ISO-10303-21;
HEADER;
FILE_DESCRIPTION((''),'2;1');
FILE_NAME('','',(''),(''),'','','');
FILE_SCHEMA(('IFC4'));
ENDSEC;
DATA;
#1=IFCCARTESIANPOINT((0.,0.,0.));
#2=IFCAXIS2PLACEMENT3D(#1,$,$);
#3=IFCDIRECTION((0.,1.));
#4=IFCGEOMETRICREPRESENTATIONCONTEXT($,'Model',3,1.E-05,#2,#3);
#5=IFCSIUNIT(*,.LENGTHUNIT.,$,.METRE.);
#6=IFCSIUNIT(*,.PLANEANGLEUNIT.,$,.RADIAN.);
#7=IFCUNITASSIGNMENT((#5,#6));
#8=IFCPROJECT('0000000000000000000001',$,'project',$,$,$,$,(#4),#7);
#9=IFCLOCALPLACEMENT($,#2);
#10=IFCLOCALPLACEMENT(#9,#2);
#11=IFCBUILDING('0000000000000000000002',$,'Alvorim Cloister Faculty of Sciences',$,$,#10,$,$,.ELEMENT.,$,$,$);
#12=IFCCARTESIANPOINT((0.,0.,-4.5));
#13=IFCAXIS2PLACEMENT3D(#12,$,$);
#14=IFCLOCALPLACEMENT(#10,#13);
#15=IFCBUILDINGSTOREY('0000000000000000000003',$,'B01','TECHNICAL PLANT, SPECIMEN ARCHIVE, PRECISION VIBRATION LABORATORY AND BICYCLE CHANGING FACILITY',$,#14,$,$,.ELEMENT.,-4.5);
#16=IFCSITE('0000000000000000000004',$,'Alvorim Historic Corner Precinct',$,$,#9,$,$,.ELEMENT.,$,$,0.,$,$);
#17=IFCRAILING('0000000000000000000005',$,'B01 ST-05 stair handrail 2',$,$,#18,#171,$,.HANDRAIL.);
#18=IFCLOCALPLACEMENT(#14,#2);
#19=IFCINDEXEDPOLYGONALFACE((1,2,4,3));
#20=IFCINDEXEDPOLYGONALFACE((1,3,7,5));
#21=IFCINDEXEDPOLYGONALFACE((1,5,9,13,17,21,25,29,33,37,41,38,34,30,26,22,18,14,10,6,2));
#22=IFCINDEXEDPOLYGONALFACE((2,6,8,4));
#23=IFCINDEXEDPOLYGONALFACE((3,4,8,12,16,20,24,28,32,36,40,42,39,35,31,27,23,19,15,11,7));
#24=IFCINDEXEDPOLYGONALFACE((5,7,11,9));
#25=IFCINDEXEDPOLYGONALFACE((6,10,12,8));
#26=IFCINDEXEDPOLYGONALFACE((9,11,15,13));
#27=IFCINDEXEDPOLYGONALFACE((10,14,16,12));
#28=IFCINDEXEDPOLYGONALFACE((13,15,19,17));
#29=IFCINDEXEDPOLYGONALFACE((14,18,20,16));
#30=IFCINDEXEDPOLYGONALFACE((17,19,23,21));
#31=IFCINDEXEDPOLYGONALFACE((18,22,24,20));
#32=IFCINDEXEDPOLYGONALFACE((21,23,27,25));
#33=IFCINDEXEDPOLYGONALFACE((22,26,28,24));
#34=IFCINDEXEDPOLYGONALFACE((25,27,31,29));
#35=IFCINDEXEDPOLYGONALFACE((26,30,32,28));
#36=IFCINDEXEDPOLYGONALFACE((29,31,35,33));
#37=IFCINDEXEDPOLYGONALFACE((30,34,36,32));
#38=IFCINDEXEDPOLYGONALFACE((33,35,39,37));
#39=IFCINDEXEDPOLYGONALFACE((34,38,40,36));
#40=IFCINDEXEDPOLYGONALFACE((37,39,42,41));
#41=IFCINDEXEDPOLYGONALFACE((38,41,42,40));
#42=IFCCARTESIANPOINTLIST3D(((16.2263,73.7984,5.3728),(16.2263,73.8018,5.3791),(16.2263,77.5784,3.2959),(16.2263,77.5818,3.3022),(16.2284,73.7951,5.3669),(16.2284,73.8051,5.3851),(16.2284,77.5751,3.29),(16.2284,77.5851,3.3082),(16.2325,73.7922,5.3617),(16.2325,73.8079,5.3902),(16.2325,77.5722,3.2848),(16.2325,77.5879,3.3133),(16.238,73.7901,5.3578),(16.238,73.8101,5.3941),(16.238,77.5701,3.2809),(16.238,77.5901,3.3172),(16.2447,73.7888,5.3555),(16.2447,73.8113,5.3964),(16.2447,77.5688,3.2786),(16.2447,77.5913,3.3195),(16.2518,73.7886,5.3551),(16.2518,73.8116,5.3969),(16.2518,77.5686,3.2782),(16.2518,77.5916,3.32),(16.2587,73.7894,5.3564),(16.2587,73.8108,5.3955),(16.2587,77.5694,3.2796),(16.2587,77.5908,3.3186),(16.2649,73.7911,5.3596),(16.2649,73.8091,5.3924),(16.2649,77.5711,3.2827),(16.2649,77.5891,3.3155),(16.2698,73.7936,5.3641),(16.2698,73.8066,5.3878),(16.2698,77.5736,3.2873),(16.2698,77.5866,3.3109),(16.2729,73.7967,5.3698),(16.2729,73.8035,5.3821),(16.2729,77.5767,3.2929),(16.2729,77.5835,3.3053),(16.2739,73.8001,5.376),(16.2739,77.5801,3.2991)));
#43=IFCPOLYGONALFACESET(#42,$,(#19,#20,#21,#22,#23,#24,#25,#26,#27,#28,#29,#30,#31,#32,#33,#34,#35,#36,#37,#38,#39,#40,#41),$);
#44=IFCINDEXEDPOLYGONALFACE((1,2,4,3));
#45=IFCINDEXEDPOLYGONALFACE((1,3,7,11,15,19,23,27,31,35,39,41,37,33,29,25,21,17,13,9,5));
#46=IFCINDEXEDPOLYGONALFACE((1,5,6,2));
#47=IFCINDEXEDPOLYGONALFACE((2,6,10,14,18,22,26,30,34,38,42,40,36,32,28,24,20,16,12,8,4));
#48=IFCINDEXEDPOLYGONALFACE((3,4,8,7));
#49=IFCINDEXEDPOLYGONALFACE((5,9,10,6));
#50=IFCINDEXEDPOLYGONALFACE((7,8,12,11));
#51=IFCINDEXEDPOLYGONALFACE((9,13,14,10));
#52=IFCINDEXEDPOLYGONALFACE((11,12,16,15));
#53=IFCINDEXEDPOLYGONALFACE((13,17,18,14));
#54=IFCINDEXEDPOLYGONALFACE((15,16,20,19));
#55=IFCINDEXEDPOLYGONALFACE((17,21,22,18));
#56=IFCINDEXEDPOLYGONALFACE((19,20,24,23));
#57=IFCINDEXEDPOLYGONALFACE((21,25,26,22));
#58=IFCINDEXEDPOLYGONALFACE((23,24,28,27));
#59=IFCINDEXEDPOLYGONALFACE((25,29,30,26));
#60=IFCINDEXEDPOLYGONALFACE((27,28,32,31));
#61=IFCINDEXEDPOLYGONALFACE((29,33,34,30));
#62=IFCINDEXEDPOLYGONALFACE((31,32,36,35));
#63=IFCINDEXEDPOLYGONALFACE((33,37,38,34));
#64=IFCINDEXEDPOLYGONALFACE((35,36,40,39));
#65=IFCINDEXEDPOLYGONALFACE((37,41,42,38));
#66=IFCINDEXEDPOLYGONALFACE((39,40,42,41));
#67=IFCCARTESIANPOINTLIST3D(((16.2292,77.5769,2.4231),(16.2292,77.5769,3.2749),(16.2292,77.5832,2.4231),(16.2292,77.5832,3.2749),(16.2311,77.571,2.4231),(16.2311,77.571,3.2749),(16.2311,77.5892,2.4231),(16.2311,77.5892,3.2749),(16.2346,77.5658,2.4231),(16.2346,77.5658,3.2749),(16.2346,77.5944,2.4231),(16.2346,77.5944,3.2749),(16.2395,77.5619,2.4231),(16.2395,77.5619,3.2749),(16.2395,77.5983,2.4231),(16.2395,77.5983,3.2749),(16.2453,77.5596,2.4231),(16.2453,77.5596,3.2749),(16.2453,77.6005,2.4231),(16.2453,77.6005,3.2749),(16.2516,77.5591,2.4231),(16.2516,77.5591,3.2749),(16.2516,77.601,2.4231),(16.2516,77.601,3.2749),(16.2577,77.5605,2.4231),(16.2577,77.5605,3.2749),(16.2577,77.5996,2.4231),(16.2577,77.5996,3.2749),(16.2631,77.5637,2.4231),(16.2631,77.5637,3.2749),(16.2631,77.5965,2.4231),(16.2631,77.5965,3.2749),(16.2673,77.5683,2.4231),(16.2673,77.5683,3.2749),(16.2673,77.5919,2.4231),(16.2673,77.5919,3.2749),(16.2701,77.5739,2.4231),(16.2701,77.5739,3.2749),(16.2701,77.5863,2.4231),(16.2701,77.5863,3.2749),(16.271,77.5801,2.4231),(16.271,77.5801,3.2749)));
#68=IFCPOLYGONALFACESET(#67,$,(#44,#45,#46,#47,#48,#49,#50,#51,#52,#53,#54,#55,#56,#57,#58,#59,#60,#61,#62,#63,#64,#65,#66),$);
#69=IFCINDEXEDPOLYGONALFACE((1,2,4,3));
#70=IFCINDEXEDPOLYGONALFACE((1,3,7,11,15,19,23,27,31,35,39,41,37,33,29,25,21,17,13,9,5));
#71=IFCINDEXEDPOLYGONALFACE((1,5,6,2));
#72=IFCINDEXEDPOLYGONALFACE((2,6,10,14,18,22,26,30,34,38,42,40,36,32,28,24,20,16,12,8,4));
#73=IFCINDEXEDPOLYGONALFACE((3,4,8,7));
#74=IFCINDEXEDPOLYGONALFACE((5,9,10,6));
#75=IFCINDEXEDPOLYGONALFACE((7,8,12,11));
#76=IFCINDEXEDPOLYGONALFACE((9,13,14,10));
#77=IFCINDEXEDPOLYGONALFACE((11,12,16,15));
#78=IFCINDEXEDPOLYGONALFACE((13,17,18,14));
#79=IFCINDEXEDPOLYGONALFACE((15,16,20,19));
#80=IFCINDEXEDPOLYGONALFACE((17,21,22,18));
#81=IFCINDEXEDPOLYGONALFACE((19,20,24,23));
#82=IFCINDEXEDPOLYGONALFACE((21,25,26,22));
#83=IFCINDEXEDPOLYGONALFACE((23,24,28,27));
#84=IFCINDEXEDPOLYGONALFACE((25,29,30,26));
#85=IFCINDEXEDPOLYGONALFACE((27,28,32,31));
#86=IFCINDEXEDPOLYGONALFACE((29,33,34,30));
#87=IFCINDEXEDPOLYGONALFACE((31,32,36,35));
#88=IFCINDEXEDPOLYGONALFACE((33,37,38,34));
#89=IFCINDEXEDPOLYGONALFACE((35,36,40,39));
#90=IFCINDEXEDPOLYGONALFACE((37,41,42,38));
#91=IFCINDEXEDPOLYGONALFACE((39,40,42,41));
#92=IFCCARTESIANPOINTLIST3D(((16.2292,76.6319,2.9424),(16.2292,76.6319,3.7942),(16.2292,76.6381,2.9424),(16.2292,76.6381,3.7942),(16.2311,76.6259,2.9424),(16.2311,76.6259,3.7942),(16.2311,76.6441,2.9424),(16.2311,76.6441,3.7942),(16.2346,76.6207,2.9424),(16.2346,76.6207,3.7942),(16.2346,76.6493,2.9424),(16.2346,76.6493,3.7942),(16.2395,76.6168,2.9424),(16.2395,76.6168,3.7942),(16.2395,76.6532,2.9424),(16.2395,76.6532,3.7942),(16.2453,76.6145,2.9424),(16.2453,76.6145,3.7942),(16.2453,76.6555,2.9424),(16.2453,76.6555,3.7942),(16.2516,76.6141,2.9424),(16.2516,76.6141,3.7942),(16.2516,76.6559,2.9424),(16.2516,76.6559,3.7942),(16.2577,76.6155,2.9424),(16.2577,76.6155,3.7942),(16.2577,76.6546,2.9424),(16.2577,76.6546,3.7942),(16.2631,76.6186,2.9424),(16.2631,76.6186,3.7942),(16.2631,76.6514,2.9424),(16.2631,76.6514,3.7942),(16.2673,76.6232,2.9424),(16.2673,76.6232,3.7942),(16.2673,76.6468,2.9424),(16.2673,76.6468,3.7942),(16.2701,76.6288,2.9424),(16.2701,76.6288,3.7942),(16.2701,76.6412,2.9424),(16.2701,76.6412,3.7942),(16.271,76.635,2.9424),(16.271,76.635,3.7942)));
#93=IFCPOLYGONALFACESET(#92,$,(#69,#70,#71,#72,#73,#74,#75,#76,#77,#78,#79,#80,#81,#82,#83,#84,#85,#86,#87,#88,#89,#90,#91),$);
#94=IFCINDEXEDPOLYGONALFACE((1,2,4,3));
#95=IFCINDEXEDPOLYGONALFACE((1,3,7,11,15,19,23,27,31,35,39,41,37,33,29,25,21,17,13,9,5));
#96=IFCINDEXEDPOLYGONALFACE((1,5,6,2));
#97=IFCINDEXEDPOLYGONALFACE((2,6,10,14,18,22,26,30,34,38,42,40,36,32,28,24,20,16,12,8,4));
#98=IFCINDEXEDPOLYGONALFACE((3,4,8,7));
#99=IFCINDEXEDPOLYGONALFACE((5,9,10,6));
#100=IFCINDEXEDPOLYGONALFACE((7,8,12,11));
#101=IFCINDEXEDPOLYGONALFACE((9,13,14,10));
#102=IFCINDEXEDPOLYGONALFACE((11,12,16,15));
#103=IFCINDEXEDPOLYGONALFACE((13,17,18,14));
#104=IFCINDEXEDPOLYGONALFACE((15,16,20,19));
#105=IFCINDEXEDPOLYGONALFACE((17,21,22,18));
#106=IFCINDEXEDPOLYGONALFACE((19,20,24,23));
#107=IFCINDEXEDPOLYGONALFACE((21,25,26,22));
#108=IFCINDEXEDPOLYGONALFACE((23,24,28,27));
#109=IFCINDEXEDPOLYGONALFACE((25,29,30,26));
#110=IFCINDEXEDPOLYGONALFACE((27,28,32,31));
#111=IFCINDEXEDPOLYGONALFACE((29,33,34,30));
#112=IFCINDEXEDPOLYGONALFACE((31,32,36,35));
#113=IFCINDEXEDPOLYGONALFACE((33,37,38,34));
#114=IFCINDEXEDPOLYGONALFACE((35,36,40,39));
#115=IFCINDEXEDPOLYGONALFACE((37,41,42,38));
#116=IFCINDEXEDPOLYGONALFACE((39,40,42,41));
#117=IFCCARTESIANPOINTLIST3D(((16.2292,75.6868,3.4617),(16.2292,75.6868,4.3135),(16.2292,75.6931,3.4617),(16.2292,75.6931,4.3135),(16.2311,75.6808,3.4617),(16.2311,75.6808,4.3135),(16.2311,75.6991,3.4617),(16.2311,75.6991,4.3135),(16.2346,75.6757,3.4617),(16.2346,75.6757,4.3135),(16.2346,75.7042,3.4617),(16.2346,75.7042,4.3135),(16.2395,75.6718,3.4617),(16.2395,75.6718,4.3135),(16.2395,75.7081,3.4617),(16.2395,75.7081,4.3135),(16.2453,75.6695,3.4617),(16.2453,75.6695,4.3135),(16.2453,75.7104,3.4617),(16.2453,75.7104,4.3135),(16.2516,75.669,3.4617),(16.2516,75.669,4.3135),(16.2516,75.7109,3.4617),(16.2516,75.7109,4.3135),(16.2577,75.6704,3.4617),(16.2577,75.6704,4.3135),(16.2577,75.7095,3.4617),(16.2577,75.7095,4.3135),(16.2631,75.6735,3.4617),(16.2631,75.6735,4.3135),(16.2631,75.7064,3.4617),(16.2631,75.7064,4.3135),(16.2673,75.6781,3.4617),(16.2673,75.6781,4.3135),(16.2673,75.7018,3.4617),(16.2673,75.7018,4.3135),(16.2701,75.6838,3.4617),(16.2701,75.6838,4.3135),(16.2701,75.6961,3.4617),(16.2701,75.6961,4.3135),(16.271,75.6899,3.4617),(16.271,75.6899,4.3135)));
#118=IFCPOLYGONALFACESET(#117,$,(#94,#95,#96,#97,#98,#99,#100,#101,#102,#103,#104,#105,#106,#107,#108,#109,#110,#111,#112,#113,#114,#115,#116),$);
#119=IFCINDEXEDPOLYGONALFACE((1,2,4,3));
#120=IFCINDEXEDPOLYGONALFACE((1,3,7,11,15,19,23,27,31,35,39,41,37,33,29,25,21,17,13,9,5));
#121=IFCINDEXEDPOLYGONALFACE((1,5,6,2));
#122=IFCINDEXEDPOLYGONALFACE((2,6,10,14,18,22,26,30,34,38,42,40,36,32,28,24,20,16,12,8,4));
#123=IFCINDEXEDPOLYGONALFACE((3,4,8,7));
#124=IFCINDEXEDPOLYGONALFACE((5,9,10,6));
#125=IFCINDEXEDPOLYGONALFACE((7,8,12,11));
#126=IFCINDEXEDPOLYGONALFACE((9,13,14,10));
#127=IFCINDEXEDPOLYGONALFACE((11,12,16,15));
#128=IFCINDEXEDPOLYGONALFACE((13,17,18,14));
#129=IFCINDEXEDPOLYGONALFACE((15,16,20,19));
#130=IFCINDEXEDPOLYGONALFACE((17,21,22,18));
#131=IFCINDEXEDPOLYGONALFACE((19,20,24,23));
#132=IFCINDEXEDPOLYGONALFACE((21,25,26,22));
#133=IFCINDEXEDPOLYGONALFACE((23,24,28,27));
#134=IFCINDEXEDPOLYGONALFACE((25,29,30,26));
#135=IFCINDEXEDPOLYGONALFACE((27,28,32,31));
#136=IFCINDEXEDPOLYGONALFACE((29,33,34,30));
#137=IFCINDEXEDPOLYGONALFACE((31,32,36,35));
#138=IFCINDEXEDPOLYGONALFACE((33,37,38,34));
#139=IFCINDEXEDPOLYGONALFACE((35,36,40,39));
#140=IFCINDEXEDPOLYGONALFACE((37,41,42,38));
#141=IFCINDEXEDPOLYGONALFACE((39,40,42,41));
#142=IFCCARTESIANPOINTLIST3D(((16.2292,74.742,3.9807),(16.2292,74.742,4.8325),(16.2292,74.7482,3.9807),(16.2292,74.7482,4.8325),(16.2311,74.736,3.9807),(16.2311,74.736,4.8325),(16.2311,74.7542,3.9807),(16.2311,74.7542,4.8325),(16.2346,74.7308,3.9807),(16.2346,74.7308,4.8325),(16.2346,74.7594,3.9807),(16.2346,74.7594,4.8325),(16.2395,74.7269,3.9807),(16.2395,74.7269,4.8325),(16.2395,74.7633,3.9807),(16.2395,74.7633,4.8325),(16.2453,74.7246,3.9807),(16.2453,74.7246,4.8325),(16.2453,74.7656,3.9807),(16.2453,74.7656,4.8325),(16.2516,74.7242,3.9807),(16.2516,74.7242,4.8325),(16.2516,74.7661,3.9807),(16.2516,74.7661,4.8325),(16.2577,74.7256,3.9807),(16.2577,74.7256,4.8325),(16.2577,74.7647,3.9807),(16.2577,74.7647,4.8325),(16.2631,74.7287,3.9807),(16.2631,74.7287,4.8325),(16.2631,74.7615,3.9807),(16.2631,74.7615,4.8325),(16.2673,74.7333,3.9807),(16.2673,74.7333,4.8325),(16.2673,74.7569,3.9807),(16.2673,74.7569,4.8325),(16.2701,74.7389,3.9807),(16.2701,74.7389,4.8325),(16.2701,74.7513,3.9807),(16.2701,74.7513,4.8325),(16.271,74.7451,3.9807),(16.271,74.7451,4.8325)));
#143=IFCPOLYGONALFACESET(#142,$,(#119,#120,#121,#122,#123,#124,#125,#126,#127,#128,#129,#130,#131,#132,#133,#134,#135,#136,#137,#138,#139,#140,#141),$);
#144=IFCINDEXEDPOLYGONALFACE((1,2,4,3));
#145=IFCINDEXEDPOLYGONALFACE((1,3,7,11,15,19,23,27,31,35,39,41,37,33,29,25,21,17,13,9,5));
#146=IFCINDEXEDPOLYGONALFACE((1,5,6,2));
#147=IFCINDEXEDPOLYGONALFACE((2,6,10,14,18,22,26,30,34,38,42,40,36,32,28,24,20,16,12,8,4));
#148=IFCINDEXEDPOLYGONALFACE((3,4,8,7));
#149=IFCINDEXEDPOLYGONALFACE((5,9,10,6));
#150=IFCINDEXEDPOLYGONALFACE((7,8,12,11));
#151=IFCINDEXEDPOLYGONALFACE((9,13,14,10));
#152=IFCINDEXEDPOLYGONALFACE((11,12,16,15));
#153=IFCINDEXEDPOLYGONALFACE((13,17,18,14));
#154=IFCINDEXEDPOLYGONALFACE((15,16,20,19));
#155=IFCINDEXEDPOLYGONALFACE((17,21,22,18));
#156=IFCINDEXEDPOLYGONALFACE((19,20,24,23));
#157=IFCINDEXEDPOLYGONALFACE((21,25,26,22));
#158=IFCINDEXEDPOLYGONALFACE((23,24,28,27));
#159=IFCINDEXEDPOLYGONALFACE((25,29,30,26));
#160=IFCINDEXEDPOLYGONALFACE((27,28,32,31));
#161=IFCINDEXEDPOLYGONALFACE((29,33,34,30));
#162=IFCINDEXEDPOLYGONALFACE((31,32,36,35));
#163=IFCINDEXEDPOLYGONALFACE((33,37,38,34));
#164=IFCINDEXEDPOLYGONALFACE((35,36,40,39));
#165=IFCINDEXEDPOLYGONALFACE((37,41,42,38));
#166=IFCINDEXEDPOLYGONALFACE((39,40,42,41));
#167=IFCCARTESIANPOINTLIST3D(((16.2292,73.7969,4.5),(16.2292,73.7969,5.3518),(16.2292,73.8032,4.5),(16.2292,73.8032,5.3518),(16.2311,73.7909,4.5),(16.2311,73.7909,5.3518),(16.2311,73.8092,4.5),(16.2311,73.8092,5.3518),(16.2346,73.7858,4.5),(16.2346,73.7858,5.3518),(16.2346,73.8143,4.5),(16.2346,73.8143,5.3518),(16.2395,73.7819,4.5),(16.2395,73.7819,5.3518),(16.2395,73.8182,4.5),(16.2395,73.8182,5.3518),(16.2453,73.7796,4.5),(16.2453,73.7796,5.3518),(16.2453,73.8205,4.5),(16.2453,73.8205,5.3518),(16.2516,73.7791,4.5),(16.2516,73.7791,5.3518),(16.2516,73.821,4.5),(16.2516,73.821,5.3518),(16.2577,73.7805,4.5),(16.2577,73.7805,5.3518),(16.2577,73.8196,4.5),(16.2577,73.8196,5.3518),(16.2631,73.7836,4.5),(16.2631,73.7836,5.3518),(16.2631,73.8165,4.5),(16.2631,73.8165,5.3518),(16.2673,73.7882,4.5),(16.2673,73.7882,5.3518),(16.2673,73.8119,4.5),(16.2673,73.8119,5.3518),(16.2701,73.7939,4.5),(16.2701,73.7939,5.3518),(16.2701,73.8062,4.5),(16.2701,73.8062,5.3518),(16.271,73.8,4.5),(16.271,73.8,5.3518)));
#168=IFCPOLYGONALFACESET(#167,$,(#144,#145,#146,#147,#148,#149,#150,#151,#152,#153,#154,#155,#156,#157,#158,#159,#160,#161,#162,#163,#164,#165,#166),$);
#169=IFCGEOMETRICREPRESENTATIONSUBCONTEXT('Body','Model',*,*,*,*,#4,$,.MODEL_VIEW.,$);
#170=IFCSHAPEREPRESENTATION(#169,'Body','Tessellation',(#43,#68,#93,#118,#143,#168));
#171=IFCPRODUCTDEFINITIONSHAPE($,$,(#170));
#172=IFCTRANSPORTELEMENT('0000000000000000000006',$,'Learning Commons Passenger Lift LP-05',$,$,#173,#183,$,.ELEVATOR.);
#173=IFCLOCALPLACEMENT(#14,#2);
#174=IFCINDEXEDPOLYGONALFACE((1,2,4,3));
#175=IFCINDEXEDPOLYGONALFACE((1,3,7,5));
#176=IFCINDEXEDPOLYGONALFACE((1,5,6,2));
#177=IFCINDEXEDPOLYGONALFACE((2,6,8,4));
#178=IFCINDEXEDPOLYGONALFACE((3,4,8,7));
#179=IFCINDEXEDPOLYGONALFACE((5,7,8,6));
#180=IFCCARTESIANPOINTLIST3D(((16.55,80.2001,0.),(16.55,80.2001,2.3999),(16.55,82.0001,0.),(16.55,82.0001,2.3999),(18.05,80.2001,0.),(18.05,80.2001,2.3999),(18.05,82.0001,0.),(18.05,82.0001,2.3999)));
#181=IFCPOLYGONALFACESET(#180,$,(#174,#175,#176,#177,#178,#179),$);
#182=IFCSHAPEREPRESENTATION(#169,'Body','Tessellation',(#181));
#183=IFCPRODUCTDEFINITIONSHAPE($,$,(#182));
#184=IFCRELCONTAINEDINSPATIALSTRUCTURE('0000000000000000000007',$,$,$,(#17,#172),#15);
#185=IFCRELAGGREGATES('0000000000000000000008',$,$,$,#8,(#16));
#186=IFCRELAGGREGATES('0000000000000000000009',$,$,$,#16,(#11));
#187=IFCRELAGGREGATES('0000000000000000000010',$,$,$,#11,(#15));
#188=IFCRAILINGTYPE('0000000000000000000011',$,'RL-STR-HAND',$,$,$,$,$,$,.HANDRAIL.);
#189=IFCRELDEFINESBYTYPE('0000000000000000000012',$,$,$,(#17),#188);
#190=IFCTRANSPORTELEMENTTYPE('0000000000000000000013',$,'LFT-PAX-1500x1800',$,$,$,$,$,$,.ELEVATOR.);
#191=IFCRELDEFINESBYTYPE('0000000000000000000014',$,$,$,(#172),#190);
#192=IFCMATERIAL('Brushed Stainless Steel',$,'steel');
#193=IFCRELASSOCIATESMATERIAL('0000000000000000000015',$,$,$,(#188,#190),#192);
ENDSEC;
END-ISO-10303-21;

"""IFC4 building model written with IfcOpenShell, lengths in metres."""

from ifc_helpers import new_model, si_unit, direction, frame, origin, origin_2d, place, context, subcontext, project, spatial, rectangle, circle, extrude, material, type_object, element, save


model = new_model("IFC4")

# Units and contexts
model_context = context("Model", 3, precision=1e-05, world=origin(), true_north=direction((0.0, 1.0)))
body_context = subcontext(model_context, "Body", "Model", "MODEL_VIEW")
ifc_project = project(units=[si_unit("LENGTHUNIT", "METRE"), si_unit("PLANEANGLEUNIT", "RADIAN")], contexts=[model_context])

# Site, building, storey
site_placement = place(None, origin())
site = spatial("IfcSite", under=ifc_project, at=site_placement, Name="Alvorim Historic Corner Precinct", CompositionType="ELEMENT", RefElevation=0.0)
building_placement = place(site_placement, origin())
building = spatial("IfcBuilding", under=site, at=building_placement, Name="Alvorim Cloister Faculty of Sciences", CompositionType="ELEMENT")
storey_placement = place(building_placement, frame((0.0, 0.0, -4.5)))
storey = spatial("IfcBuildingStorey", under=building, at=storey_placement, Name="B01", Description="TECHNICAL PLANT, SPECIMEN ARCHIVE, PRECISION VIBRATION LABORATORY AND BICYCLE CHANGING FACILITY", CompositionType="ELEMENT", Elevation=-4.5)

# Shared definitions
ifc_material_1 = material(Name="Brushed Stainless Steel", Category="steel")

# Railing
railing_type_1 = type_object("IfcRailingType", Name="RL-STR-HAND", PredefinedType="HANDRAIL", material=ifc_material_1)
railing_1_placement = place(storey_placement, frame((16.25, 77.5801, 2.4231)))
element("IfcRailing", 1, at=railing_1_placement, inside=storey, type_object=railing_type_1, Name="B01 ST-05 stair handrail 2", PredefinedType="HANDRAIL", context=body_context, shape_type="SweptSolid", body=[
    extrude(circle(Radius=0.0239, at=origin_2d()), frame((0.0, 0.0, 0.876), z_axis=(0.0, -0.876423, 0.481543), x_axis=(1.0, 0.0, 0.0)), (0.0, 0.0, 1.0), 4.313),
    extrude(circle(Radius=0.021, at=origin_2d()), origin(), (0.0, 0.0, 1.0), 0.8518),
    extrude(circle(Radius=0.021, at=origin_2d()), frame((0.0, -0.9451, 0.5193)), (0.0, 0.0, 1.0), 0.8518),
    extrude(circle(Radius=0.021, at=origin_2d()), frame((0.0, -1.8901, 1.0386)), (0.0, 0.0, 1.0), 0.8518),
    extrude(circle(Radius=0.021, at=origin_2d()), frame((0.0, -2.835, 1.5576)), (0.0, 0.0, 1.0), 0.8518),
    extrude(circle(Radius=0.021, at=origin_2d()), frame((0.0, -3.78, 2.0769)), (0.0, 0.0, 1.0), 0.8518),
])

# Transport element
transport_element_type = type_object("IfcTransportElementType", Name="LFT-PAX-1500x1800", PredefinedType="ELEVATOR", material=ifc_material_1)
transport_element_placement = place(storey_placement, frame((17.3, 81.1001, 0.0), z_axis=(0.0, 0.0, 1.0), x_axis=(1.0, 0.0, 0.0)))
element("IfcTransportElement", 2, at=transport_element_placement, inside=storey, type_object=transport_element_type, Name="Learning Commons Passenger Lift LP-05", PredefinedType="ELEVATOR", context=body_context, shape_type="SweptSolid", body=[
    extrude(rectangle(XDim=1.5, YDim=1.8, at=origin_2d()), origin(), (0.0, 0.0, 1.0), 2.3999),
])

save(model, "model.ifc")
